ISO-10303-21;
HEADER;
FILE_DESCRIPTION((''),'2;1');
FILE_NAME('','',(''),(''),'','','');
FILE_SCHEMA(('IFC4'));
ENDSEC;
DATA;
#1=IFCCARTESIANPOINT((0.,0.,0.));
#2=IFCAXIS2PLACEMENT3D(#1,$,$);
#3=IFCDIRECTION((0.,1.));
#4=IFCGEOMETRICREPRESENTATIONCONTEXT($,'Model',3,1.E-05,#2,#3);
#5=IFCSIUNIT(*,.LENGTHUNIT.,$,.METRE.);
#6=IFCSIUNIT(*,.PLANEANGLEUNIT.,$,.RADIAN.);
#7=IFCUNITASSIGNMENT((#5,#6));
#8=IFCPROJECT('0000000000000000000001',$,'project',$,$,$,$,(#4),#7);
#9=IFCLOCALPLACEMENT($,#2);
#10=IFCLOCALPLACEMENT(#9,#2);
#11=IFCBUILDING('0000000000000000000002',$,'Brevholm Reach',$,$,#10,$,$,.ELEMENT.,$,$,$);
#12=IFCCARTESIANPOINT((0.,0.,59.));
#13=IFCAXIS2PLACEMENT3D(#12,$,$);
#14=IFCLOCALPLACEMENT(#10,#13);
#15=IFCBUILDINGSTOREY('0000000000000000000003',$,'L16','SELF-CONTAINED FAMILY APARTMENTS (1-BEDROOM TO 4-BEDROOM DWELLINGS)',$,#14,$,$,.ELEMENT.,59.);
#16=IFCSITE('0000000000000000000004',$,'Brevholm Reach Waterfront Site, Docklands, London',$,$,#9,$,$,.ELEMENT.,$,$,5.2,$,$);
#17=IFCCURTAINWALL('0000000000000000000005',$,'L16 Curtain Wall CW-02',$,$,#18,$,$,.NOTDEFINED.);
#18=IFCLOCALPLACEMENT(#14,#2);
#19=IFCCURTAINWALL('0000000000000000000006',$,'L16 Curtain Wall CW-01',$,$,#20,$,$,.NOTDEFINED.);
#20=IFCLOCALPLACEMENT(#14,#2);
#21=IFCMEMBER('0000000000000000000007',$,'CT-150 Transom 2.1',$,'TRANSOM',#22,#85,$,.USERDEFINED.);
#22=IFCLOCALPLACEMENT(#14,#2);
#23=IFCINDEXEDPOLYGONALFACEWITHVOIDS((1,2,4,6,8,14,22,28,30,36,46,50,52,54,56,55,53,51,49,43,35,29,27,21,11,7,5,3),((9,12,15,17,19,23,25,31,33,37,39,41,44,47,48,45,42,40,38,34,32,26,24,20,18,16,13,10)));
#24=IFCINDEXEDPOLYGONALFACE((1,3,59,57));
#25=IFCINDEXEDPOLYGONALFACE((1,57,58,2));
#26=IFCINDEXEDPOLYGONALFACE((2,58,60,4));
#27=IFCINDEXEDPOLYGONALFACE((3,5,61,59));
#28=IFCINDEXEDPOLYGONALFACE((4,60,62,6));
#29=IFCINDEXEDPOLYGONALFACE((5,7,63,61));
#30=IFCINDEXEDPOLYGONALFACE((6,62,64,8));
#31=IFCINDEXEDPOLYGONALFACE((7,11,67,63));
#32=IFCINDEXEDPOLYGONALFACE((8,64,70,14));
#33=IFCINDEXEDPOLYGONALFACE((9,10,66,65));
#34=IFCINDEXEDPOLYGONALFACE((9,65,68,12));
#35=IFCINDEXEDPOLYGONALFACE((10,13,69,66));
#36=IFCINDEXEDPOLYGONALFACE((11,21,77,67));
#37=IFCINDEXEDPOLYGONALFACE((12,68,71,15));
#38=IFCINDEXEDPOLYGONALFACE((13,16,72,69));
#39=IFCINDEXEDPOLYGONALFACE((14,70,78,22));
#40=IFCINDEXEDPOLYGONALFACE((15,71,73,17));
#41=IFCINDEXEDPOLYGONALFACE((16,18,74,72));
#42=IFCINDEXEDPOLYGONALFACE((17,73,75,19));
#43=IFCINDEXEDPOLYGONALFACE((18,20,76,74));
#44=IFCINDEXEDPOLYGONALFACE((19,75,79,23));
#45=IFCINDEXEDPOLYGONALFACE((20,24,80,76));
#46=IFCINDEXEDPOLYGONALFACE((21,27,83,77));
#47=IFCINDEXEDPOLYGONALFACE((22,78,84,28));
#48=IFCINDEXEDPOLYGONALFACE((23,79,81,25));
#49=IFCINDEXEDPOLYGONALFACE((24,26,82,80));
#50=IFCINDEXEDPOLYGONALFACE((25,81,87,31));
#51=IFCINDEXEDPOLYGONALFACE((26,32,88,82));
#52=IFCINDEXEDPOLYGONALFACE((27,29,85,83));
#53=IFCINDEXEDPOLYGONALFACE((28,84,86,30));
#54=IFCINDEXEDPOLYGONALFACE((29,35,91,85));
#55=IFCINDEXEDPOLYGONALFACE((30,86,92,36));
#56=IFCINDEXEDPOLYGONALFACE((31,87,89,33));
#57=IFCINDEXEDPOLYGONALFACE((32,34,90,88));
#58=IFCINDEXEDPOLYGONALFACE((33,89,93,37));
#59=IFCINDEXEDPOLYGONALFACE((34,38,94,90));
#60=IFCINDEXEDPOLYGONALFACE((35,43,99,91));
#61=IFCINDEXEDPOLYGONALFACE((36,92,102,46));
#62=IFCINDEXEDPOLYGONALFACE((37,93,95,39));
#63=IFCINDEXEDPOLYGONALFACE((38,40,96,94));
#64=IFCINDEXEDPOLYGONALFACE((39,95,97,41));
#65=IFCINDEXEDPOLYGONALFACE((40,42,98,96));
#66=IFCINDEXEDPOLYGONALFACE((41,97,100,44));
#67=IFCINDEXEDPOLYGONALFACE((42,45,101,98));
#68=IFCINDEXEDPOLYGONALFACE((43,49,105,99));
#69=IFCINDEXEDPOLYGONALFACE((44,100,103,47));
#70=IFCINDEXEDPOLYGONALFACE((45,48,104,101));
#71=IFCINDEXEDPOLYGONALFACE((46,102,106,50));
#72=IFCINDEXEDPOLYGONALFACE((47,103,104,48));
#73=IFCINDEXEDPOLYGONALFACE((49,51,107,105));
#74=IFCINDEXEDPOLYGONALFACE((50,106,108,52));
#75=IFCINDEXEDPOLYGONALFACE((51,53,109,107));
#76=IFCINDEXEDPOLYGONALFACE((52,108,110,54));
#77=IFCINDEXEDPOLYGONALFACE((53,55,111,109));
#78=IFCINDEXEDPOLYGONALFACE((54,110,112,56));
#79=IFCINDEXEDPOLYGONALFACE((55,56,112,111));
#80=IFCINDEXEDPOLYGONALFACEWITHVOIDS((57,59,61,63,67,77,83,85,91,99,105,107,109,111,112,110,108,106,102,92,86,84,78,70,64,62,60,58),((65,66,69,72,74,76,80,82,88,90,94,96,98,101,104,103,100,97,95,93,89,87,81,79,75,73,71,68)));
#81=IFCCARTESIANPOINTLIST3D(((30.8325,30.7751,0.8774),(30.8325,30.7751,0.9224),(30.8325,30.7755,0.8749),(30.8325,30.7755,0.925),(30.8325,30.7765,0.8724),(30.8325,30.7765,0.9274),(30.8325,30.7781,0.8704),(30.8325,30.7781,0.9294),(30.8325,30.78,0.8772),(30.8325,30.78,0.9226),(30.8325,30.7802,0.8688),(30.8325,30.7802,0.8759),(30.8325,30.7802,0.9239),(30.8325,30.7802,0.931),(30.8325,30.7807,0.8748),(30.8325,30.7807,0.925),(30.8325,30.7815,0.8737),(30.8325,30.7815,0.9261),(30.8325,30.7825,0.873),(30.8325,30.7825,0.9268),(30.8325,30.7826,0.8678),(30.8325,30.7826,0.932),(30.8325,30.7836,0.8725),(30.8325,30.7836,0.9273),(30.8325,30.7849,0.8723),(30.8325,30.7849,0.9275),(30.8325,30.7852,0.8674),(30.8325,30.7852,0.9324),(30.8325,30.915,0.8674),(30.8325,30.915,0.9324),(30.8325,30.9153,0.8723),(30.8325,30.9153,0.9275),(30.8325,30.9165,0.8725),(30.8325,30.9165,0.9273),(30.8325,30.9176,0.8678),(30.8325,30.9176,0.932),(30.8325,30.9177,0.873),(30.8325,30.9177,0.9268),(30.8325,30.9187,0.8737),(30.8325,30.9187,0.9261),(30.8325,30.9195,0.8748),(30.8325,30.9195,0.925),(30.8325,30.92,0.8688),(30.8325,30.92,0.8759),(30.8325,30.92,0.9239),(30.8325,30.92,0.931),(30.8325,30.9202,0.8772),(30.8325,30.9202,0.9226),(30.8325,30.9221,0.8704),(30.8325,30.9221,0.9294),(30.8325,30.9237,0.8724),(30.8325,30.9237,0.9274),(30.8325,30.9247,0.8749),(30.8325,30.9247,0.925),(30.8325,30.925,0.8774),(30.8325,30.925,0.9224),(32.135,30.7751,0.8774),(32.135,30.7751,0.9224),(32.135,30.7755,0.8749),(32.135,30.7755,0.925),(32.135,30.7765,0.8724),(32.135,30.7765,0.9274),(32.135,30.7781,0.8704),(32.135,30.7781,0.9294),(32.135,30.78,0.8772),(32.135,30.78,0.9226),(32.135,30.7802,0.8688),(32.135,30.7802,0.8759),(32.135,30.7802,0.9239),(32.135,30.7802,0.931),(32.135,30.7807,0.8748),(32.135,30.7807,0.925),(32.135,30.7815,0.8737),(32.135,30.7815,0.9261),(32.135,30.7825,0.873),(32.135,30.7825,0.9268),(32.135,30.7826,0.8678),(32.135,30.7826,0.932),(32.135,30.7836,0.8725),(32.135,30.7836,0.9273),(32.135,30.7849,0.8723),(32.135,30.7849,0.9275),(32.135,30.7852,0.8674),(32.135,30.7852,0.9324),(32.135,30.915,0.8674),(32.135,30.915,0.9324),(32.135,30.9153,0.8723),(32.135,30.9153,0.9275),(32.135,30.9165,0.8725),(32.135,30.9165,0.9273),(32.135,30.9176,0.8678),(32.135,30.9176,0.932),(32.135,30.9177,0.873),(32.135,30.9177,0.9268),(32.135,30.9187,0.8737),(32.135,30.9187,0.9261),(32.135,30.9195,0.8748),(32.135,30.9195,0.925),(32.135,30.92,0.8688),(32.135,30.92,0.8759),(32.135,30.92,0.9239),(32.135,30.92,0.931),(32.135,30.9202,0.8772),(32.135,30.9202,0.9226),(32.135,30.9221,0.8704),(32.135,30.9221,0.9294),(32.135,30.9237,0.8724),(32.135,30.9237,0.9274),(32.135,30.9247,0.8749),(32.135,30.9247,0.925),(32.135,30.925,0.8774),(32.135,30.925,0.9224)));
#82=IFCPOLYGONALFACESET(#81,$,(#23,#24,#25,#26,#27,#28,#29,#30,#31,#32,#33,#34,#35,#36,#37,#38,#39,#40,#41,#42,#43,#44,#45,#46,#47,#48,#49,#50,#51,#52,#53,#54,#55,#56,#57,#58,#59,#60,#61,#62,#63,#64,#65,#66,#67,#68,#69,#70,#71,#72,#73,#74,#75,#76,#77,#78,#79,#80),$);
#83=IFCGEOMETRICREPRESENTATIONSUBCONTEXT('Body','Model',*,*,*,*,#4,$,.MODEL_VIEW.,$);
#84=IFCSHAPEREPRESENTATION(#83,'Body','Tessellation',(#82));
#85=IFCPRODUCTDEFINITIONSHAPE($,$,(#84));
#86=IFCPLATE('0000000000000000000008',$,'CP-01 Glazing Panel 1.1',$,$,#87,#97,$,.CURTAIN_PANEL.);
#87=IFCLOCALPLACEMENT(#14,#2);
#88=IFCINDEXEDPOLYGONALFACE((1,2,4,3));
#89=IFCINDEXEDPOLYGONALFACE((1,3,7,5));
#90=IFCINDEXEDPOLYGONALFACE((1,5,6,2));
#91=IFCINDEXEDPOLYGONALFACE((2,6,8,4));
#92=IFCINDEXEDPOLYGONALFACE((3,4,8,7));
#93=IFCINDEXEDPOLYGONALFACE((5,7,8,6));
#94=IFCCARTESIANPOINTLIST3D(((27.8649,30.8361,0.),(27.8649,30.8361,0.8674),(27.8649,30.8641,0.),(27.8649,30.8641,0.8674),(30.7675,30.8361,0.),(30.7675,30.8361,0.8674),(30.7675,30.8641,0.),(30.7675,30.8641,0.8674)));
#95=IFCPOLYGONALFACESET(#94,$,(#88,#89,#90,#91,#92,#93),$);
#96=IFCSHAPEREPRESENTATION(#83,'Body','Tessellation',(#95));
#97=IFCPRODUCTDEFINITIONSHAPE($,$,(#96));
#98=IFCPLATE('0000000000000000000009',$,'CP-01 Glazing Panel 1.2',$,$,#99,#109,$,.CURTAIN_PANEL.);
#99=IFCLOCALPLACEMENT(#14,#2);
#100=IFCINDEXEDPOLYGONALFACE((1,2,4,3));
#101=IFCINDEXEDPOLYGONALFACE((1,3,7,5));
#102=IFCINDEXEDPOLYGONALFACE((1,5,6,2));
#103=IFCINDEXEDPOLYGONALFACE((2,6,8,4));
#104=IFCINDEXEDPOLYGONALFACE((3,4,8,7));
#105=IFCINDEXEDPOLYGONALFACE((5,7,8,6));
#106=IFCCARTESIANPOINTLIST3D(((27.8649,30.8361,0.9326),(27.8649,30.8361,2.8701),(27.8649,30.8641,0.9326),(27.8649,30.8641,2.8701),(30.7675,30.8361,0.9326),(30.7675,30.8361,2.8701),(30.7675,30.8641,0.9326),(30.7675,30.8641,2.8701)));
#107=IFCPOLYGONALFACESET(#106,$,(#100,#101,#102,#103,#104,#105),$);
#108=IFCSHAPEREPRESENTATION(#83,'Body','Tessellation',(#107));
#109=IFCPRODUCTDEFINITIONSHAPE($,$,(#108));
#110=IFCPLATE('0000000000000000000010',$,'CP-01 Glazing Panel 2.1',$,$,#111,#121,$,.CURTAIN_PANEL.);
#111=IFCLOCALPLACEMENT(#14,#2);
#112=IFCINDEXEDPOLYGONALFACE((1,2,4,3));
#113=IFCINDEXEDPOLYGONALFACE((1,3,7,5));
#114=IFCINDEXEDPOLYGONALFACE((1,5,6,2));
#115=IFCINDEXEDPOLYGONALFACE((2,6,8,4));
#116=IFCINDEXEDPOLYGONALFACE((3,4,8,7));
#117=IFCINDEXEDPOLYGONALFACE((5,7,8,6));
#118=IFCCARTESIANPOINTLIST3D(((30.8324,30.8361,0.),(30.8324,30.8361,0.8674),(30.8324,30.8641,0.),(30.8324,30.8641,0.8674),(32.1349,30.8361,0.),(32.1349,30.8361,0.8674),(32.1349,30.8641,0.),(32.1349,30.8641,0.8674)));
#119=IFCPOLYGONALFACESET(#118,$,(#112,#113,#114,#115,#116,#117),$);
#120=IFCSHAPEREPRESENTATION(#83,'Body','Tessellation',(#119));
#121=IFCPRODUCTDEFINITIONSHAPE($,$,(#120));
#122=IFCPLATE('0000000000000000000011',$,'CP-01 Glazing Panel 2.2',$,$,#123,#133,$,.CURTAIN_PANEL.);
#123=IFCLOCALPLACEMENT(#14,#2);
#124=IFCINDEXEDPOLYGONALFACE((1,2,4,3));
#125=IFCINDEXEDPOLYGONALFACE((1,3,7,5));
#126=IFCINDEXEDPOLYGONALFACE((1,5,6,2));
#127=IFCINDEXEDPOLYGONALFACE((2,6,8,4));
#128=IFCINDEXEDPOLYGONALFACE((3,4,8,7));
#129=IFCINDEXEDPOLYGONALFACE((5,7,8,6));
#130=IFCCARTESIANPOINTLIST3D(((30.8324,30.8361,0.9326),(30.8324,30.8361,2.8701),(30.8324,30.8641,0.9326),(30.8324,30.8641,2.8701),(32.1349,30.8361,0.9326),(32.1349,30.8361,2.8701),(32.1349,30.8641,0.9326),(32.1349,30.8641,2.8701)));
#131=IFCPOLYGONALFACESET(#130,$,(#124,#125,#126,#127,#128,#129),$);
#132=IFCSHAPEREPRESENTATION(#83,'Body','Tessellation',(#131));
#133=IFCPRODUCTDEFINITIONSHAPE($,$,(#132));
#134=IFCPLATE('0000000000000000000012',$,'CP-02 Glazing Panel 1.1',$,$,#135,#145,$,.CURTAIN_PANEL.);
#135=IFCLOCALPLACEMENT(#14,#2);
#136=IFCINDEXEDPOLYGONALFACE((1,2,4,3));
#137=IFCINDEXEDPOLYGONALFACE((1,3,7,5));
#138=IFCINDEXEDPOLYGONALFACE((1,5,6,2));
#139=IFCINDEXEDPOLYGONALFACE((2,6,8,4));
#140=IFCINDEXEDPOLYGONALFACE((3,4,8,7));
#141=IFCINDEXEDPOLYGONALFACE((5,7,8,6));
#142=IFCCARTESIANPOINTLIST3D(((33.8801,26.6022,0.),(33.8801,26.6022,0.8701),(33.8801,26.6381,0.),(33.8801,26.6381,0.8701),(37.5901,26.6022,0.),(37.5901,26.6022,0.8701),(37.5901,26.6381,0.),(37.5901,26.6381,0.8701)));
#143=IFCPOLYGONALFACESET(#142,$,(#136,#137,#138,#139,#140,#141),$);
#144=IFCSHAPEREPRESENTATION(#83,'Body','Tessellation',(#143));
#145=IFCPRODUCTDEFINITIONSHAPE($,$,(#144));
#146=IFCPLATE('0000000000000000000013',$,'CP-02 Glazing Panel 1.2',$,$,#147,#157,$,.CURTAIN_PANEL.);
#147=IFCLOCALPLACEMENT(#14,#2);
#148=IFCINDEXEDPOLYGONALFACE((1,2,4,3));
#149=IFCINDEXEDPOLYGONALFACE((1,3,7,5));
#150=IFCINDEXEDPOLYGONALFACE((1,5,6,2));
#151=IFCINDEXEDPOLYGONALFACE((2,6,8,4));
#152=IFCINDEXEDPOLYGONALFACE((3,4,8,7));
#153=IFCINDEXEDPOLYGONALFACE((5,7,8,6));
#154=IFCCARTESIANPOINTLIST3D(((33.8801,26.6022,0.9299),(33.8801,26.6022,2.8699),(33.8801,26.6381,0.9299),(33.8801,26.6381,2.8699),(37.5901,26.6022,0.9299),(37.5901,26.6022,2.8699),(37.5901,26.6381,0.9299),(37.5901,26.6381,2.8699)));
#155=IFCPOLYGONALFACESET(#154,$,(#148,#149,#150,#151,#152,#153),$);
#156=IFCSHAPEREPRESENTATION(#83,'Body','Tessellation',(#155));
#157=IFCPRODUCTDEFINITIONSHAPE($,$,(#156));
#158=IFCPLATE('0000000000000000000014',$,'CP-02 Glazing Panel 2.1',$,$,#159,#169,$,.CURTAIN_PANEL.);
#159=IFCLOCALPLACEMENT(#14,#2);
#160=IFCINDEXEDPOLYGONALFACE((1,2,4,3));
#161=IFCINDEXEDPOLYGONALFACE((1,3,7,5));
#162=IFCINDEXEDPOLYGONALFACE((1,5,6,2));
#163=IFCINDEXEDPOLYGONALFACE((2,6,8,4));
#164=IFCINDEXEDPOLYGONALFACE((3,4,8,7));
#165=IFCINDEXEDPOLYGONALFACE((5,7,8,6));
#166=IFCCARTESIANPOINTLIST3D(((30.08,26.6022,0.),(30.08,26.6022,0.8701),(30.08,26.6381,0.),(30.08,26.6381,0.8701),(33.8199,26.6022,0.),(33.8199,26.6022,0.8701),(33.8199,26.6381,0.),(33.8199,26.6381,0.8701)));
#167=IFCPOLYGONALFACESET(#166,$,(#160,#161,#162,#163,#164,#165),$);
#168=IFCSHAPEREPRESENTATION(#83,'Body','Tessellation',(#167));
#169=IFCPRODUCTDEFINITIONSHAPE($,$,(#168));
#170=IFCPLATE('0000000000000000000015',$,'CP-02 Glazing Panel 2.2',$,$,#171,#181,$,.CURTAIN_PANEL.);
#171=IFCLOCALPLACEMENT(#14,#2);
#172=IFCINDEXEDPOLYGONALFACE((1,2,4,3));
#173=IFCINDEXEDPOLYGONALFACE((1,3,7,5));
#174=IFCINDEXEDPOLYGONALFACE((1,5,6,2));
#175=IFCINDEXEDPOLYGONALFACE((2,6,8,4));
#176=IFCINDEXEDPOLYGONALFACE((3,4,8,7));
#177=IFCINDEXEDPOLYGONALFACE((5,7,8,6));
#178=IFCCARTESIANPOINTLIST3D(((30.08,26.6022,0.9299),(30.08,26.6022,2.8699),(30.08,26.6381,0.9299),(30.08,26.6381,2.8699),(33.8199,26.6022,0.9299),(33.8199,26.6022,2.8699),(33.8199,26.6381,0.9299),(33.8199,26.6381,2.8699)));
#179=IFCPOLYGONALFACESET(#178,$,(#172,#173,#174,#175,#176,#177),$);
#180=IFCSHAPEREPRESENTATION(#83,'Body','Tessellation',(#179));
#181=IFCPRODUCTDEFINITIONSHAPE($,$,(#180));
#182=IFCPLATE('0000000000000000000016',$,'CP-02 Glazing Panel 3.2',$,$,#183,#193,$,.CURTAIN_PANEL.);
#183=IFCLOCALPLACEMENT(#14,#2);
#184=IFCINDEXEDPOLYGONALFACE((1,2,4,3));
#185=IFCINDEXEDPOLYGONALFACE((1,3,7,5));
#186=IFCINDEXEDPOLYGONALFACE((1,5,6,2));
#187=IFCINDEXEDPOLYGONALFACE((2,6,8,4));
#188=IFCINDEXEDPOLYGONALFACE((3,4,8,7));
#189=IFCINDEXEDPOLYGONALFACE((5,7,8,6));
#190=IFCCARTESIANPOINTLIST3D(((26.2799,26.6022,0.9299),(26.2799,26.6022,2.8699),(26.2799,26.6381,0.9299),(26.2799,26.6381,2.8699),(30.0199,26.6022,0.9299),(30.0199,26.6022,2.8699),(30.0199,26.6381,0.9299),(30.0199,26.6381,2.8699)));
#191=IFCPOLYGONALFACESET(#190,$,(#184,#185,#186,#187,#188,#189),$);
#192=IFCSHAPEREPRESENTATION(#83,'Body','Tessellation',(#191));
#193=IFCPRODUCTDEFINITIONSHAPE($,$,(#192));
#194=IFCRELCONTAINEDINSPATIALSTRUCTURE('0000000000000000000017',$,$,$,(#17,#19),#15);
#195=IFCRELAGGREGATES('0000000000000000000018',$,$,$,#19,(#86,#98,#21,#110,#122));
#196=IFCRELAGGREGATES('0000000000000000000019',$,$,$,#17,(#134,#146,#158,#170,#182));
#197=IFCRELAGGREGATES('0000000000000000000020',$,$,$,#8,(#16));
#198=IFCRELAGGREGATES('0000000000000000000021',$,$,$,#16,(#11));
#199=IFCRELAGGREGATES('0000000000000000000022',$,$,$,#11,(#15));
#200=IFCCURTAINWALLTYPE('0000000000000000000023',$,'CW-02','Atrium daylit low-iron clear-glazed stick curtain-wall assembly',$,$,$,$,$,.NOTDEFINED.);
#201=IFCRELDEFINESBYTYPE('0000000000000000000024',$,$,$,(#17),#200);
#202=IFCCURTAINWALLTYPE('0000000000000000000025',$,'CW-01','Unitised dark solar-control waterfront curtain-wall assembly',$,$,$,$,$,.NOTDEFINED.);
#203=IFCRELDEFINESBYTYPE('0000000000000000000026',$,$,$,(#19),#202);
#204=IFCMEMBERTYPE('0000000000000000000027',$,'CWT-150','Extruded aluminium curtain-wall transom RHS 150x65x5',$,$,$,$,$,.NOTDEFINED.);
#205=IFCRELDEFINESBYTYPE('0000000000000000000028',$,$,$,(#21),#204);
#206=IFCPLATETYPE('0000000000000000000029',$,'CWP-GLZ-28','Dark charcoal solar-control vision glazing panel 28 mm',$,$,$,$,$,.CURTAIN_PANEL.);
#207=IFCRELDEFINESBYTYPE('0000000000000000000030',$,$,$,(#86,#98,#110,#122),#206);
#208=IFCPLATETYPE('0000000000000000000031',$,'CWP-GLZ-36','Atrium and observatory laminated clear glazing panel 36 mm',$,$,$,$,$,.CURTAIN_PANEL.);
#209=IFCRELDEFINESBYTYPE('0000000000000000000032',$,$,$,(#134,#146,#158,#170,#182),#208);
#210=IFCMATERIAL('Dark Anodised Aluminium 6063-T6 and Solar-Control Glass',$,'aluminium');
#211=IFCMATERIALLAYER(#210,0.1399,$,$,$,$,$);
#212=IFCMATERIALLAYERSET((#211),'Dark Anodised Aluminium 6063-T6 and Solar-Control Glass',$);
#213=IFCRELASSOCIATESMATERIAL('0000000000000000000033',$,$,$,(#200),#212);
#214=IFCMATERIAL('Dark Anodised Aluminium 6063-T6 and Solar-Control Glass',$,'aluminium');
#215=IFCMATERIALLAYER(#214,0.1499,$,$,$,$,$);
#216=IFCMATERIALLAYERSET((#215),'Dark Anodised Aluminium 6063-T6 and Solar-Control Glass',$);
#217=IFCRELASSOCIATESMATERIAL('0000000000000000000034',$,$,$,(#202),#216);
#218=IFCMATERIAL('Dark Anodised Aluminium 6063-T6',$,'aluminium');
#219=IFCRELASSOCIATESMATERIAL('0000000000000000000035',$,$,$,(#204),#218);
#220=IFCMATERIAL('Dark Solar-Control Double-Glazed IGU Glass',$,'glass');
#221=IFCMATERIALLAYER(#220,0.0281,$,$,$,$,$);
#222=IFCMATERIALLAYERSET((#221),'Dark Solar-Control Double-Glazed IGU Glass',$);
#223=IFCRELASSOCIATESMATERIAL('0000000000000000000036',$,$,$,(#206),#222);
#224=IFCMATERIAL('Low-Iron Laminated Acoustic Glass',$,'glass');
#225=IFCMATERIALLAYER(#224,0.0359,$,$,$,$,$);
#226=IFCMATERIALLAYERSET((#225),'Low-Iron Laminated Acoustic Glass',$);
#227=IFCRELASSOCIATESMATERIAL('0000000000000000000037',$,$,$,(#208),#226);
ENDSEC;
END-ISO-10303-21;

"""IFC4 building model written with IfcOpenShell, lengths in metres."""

from ifc_helpers import new_model, si_unit, direction, frame, origin, origin_2d, place, context, subcontext, project, spatial, rectangle, hollow_rectangle, extrude, material, layer, layer_set, material_profile, profile_set, type_object, element, aggregate, save


model = new_model("IFC4")

# Units and contexts
model_context = context("Model", 3, precision=1e-05, world=origin(), true_north=direction((0.0, 1.0)))
body_context = subcontext(model_context, "Body", "Model", "MODEL_VIEW")
ifc_project = project(units=[si_unit("LENGTHUNIT", "METRE"), si_unit("PLANEANGLEUNIT", "RADIAN")], contexts=[model_context])

# Site, building, storey
site_placement = place(None, origin())
site = spatial("IfcSite", under=ifc_project, at=site_placement, Name="Brevholm Reach Waterfront Site, Docklands, London", CompositionType="ELEMENT", RefElevation=5.2)
building_placement = place(site_placement, origin())
building = spatial("IfcBuilding", under=site, at=building_placement, Name="Brevholm Reach", CompositionType="ELEMENT")
storey_placement = place(building_placement, frame((0.0, 0.0, 59.0)))
storey = spatial("IfcBuildingStorey", under=building, at=storey_placement, Name="L16", Description="SELF-CONTAINED FAMILY APARTMENTS (1-BEDROOM TO 4-BEDROOM DWELLINGS)", CompositionType="ELEMENT", Elevation=59.0)

# Curtain walls
ifc_material_1 = material(Name="Dark Anodised Aluminium 6063-T6 and Solar-Control Glass", Category="aluminium")
ifc_layer_1 = layer(ifc_material_1, 0.1399)
ifc_layer_set_1 = layer_set([ifc_layer_1], Name="Dark Anodised Aluminium 6063-T6 and Solar-Control Glass")
curtain_wall_type_1 = type_object("IfcCurtainWallType", Name="CW-02", Description="Atrium daylit low-iron clear-glazed stick curtain-wall assembly", PredefinedType="NOTDEFINED", material=ifc_layer_set_1)
curtain_wall_1_placement = place(storey_placement, origin())
curtain_wall_1 = element("IfcCurtainWall", 1, at=curtain_wall_1_placement, inside=storey, type_object=curtain_wall_type_1, Name="L16 Curtain Wall CW-02", PredefinedType="NOTDEFINED")
ifc_material_2 = material(Name="Dark Anodised Aluminium 6063-T6 and Solar-Control Glass", Category="aluminium")
ifc_layer_2 = layer(ifc_material_2, 0.1499)
ifc_layer_set_2 = layer_set([ifc_layer_2], Name="Dark Anodised Aluminium 6063-T6 and Solar-Control Glass")
curtain_wall_type_2 = type_object("IfcCurtainWallType", Name="CW-01", Description="Unitised dark solar-control waterfront curtain-wall assembly", PredefinedType="NOTDEFINED", material=ifc_layer_set_2)
curtain_wall_2_placement = place(storey_placement, origin())
curtain_wall_2 = element("IfcCurtainWall", 2, at=curtain_wall_2_placement, inside=storey, type_object=curtain_wall_type_2, Name="L16 Curtain Wall CW-01", PredefinedType="NOTDEFINED")

# Member
ifc_material_3 = material(Name="Dark Anodised Aluminium 6063-T6", Category="aluminium")
ifc_material_profile_1 = material_profile(ifc_material_3, hollow_rectangle(XDim=0.0649, YDim=0.1499, WallThickness=0.0049, InnerFilletRadius=0.0049, OuterFilletRadius=0.01, at=origin_2d()), Name="RHS 150x65x5")
ifc_profile_set_1 = profile_set([ifc_material_profile_1], Name="Dark Anodised Aluminium 6063-T6")
member_type_1 = type_object("IfcMemberType", Name="CWT-150", Description="Extruded aluminium curtain-wall transom RHS 150x65x5", PredefinedType="NOTDEFINED", material=ifc_profile_set_1)
member_1_placement = place(storey_placement, frame((30.8325, 30.8501, 0.8999), z_axis=(1.0, 0.0, 0.0), x_axis=(0.0, 0.0, 1.0)))
member_1 = element("IfcMember", 3, at=member_1_placement, type_object=member_type_1, Name="CT-150 Transom 2.1", ObjectType="TRANSOM", PredefinedType="USERDEFINED", context=body_context, shape_type="SweptSolid", body=[
    extrude(hollow_rectangle(XDim=0.0649, YDim=0.1499, WallThickness=0.0049, InnerFilletRadius=0.0049, OuterFilletRadius=0.01, at=origin_2d()), origin(), (0.0, 0.0, 1.0), 1.3025),
])

# Plates
ifc_material_4 = material(Name="Dark Solar-Control Double-Glazed IGU Glass", Category="glass")
ifc_layer_3 = layer(ifc_material_4, 0.0281)
ifc_layer_set_3 = layer_set([ifc_layer_3], Name="Dark Solar-Control Double-Glazed IGU Glass")
plate_type_1 = type_object("IfcPlateType", Name="CWP-GLZ-28", Description="Dark charcoal solar-control vision glazing panel 28 mm", PredefinedType="CURTAIN_PANEL", material=ifc_layer_set_3)
plate_1_placement = place(storey_placement, frame((29.3162, 30.8501, 0.0), z_axis=(0.0, 0.0, 1.0), x_axis=(1.0, 0.0, 0.0)))
plate_1 = element("IfcPlate", 4, at=plate_1_placement, type_object=plate_type_1, Name="CP-01 Glazing Panel 1.1", PredefinedType="CURTAIN_PANEL", context=body_context, shape_type="SweptSolid", body=[
    extrude(rectangle(XDim=2.9026, YDim=0.0281, at=origin_2d()), origin(), (0.0, 0.0, 1.0), 0.8674),
])
plate_2_placement = place(storey_placement, frame((29.3162, 30.8501, 0.9326), z_axis=(0.0, 0.0, 1.0), x_axis=(1.0, 0.0, 0.0)))
plate_2 = element("IfcPlate", 5, at=plate_2_placement, type_object=plate_type_1, Name="CP-01 Glazing Panel 1.2", PredefinedType="CURTAIN_PANEL", context=body_context, shape_type="SweptSolid", body=[
    extrude(rectangle(XDim=2.9026, YDim=0.0281, at=origin_2d()), origin(), (0.0, 0.0, 1.0), 1.9375),
])
plate_3_placement = place(storey_placement, frame((31.4836, 30.8501, 0.0), z_axis=(0.0, 0.0, 1.0), x_axis=(1.0, 0.0, 0.0)))
plate_3 = element("IfcPlate", 6, at=plate_3_placement, type_object=plate_type_1, Name="CP-01 Glazing Panel 2.1", PredefinedType="CURTAIN_PANEL", context=body_context, shape_type="SweptSolid", body=[
    extrude(rectangle(XDim=1.3025, YDim=0.0281, at=origin_2d()), origin(), (0.0, 0.0, 1.0), 0.8674),
])
plate_4_placement = place(storey_placement, frame((31.4836, 30.8501, 0.9326), z_axis=(0.0, 0.0, 1.0), x_axis=(1.0, 0.0, 0.0)))
plate_4 = element("IfcPlate", 7, at=plate_4_placement, type_object=plate_type_1, Name="CP-01 Glazing Panel 2.2", PredefinedType="CURTAIN_PANEL", context=body_context, shape_type="SweptSolid", body=[
    extrude(rectangle(XDim=1.3025, YDim=0.0281, at=origin_2d()), origin(), (0.0, 0.0, 1.0), 1.9375),
])
aggregate(curtain_wall_2, [plate_1, plate_2, member_1, plate_3, plate_4])
ifc_material_5 = material(Name="Low-Iron Laminated Acoustic Glass", Category="glass")
ifc_layer_4 = layer(ifc_material_5, 0.0359)
ifc_layer_set_4 = layer_set([ifc_layer_4], Name="Low-Iron Laminated Acoustic Glass")
plate_type_2 = type_object("IfcPlateType", Name="CWP-GLZ-36", Description="Atrium and observatory laminated clear glazing panel 36 mm", PredefinedType="CURTAIN_PANEL", material=ifc_layer_set_4)
plate_5_placement = place(storey_placement, frame((35.7351, 26.6201, 0.0), z_axis=(0.0, 0.0, 1.0), x_axis=(-1.0, 0.0, 0.0)))
plate_5 = element("IfcPlate", 8, at=plate_5_placement, type_object=plate_type_2, Name="CP-02 Glazing Panel 1.1", PredefinedType="CURTAIN_PANEL", context=body_context, shape_type="SweptSolid", body=[
    extrude(rectangle(XDim=3.71, YDim=0.0359, at=origin_2d()), origin(), (0.0, 0.0, 1.0), 0.8701),
])
plate_6_placement = place(storey_placement, frame((35.7351, 26.6201, 0.9299), z_axis=(0.0, 0.0, 1.0), x_axis=(-1.0, 0.0, 0.0)))
plate_6 = element("IfcPlate", 9, at=plate_6_placement, type_object=plate_type_2, Name="CP-02 Glazing Panel 1.2", PredefinedType="CURTAIN_PANEL", context=body_context, shape_type="SweptSolid", body=[
    extrude(rectangle(XDim=3.71, YDim=0.0359, at=origin_2d()), origin(), (0.0, 0.0, 1.0), 1.9399),
])
plate_7_placement = place(storey_placement, frame((31.95, 26.6201, 0.0), z_axis=(0.0, 0.0, 1.0), x_axis=(-1.0, 0.0, 0.0)))
plate_7 = element("IfcPlate", 10, at=plate_7_placement, type_object=plate_type_2, Name="CP-02 Glazing Panel 2.1", PredefinedType="CURTAIN_PANEL", context=body_context, shape_type="SweptSolid", body=[
    extrude(rectangle(XDim=3.74, YDim=0.0359, at=origin_2d()), origin(), (0.0, 0.0, 1.0), 0.8701),
])
plate_8_placement = place(storey_placement, frame((31.95, 26.6201, 0.9299), z_axis=(0.0, 0.0, 1.0), x_axis=(-1.0, 0.0, 0.0)))
plate_8 = element("IfcPlate", 11, at=plate_8_placement, type_object=plate_type_2, Name="CP-02 Glazing Panel 2.2", PredefinedType="CURTAIN_PANEL", context=body_context, shape_type="SweptSolid", body=[
    extrude(rectangle(XDim=3.74, YDim=0.0359, at=origin_2d()), origin(), (0.0, 0.0, 1.0), 1.9399),
])
plate_9_placement = place(storey_placement, frame((28.1499, 26.6201, 0.9299), z_axis=(0.0, 0.0, 1.0), x_axis=(-1.0, 0.0, 0.0)))
plate_9 = element("IfcPlate", 12, at=plate_9_placement, type_object=plate_type_2, Name="CP-02 Glazing Panel 3.2", PredefinedType="CURTAIN_PANEL", context=body_context, shape_type="SweptSolid", body=[
    extrude(rectangle(XDim=3.74, YDim=0.0359, at=origin_2d()), origin(), (0.0, 0.0, 1.0), 1.9399),
])
aggregate(curtain_wall_1, [plate_5, plate_6, plate_7, plate_8, plate_9])

save(model, "model.ifc")
